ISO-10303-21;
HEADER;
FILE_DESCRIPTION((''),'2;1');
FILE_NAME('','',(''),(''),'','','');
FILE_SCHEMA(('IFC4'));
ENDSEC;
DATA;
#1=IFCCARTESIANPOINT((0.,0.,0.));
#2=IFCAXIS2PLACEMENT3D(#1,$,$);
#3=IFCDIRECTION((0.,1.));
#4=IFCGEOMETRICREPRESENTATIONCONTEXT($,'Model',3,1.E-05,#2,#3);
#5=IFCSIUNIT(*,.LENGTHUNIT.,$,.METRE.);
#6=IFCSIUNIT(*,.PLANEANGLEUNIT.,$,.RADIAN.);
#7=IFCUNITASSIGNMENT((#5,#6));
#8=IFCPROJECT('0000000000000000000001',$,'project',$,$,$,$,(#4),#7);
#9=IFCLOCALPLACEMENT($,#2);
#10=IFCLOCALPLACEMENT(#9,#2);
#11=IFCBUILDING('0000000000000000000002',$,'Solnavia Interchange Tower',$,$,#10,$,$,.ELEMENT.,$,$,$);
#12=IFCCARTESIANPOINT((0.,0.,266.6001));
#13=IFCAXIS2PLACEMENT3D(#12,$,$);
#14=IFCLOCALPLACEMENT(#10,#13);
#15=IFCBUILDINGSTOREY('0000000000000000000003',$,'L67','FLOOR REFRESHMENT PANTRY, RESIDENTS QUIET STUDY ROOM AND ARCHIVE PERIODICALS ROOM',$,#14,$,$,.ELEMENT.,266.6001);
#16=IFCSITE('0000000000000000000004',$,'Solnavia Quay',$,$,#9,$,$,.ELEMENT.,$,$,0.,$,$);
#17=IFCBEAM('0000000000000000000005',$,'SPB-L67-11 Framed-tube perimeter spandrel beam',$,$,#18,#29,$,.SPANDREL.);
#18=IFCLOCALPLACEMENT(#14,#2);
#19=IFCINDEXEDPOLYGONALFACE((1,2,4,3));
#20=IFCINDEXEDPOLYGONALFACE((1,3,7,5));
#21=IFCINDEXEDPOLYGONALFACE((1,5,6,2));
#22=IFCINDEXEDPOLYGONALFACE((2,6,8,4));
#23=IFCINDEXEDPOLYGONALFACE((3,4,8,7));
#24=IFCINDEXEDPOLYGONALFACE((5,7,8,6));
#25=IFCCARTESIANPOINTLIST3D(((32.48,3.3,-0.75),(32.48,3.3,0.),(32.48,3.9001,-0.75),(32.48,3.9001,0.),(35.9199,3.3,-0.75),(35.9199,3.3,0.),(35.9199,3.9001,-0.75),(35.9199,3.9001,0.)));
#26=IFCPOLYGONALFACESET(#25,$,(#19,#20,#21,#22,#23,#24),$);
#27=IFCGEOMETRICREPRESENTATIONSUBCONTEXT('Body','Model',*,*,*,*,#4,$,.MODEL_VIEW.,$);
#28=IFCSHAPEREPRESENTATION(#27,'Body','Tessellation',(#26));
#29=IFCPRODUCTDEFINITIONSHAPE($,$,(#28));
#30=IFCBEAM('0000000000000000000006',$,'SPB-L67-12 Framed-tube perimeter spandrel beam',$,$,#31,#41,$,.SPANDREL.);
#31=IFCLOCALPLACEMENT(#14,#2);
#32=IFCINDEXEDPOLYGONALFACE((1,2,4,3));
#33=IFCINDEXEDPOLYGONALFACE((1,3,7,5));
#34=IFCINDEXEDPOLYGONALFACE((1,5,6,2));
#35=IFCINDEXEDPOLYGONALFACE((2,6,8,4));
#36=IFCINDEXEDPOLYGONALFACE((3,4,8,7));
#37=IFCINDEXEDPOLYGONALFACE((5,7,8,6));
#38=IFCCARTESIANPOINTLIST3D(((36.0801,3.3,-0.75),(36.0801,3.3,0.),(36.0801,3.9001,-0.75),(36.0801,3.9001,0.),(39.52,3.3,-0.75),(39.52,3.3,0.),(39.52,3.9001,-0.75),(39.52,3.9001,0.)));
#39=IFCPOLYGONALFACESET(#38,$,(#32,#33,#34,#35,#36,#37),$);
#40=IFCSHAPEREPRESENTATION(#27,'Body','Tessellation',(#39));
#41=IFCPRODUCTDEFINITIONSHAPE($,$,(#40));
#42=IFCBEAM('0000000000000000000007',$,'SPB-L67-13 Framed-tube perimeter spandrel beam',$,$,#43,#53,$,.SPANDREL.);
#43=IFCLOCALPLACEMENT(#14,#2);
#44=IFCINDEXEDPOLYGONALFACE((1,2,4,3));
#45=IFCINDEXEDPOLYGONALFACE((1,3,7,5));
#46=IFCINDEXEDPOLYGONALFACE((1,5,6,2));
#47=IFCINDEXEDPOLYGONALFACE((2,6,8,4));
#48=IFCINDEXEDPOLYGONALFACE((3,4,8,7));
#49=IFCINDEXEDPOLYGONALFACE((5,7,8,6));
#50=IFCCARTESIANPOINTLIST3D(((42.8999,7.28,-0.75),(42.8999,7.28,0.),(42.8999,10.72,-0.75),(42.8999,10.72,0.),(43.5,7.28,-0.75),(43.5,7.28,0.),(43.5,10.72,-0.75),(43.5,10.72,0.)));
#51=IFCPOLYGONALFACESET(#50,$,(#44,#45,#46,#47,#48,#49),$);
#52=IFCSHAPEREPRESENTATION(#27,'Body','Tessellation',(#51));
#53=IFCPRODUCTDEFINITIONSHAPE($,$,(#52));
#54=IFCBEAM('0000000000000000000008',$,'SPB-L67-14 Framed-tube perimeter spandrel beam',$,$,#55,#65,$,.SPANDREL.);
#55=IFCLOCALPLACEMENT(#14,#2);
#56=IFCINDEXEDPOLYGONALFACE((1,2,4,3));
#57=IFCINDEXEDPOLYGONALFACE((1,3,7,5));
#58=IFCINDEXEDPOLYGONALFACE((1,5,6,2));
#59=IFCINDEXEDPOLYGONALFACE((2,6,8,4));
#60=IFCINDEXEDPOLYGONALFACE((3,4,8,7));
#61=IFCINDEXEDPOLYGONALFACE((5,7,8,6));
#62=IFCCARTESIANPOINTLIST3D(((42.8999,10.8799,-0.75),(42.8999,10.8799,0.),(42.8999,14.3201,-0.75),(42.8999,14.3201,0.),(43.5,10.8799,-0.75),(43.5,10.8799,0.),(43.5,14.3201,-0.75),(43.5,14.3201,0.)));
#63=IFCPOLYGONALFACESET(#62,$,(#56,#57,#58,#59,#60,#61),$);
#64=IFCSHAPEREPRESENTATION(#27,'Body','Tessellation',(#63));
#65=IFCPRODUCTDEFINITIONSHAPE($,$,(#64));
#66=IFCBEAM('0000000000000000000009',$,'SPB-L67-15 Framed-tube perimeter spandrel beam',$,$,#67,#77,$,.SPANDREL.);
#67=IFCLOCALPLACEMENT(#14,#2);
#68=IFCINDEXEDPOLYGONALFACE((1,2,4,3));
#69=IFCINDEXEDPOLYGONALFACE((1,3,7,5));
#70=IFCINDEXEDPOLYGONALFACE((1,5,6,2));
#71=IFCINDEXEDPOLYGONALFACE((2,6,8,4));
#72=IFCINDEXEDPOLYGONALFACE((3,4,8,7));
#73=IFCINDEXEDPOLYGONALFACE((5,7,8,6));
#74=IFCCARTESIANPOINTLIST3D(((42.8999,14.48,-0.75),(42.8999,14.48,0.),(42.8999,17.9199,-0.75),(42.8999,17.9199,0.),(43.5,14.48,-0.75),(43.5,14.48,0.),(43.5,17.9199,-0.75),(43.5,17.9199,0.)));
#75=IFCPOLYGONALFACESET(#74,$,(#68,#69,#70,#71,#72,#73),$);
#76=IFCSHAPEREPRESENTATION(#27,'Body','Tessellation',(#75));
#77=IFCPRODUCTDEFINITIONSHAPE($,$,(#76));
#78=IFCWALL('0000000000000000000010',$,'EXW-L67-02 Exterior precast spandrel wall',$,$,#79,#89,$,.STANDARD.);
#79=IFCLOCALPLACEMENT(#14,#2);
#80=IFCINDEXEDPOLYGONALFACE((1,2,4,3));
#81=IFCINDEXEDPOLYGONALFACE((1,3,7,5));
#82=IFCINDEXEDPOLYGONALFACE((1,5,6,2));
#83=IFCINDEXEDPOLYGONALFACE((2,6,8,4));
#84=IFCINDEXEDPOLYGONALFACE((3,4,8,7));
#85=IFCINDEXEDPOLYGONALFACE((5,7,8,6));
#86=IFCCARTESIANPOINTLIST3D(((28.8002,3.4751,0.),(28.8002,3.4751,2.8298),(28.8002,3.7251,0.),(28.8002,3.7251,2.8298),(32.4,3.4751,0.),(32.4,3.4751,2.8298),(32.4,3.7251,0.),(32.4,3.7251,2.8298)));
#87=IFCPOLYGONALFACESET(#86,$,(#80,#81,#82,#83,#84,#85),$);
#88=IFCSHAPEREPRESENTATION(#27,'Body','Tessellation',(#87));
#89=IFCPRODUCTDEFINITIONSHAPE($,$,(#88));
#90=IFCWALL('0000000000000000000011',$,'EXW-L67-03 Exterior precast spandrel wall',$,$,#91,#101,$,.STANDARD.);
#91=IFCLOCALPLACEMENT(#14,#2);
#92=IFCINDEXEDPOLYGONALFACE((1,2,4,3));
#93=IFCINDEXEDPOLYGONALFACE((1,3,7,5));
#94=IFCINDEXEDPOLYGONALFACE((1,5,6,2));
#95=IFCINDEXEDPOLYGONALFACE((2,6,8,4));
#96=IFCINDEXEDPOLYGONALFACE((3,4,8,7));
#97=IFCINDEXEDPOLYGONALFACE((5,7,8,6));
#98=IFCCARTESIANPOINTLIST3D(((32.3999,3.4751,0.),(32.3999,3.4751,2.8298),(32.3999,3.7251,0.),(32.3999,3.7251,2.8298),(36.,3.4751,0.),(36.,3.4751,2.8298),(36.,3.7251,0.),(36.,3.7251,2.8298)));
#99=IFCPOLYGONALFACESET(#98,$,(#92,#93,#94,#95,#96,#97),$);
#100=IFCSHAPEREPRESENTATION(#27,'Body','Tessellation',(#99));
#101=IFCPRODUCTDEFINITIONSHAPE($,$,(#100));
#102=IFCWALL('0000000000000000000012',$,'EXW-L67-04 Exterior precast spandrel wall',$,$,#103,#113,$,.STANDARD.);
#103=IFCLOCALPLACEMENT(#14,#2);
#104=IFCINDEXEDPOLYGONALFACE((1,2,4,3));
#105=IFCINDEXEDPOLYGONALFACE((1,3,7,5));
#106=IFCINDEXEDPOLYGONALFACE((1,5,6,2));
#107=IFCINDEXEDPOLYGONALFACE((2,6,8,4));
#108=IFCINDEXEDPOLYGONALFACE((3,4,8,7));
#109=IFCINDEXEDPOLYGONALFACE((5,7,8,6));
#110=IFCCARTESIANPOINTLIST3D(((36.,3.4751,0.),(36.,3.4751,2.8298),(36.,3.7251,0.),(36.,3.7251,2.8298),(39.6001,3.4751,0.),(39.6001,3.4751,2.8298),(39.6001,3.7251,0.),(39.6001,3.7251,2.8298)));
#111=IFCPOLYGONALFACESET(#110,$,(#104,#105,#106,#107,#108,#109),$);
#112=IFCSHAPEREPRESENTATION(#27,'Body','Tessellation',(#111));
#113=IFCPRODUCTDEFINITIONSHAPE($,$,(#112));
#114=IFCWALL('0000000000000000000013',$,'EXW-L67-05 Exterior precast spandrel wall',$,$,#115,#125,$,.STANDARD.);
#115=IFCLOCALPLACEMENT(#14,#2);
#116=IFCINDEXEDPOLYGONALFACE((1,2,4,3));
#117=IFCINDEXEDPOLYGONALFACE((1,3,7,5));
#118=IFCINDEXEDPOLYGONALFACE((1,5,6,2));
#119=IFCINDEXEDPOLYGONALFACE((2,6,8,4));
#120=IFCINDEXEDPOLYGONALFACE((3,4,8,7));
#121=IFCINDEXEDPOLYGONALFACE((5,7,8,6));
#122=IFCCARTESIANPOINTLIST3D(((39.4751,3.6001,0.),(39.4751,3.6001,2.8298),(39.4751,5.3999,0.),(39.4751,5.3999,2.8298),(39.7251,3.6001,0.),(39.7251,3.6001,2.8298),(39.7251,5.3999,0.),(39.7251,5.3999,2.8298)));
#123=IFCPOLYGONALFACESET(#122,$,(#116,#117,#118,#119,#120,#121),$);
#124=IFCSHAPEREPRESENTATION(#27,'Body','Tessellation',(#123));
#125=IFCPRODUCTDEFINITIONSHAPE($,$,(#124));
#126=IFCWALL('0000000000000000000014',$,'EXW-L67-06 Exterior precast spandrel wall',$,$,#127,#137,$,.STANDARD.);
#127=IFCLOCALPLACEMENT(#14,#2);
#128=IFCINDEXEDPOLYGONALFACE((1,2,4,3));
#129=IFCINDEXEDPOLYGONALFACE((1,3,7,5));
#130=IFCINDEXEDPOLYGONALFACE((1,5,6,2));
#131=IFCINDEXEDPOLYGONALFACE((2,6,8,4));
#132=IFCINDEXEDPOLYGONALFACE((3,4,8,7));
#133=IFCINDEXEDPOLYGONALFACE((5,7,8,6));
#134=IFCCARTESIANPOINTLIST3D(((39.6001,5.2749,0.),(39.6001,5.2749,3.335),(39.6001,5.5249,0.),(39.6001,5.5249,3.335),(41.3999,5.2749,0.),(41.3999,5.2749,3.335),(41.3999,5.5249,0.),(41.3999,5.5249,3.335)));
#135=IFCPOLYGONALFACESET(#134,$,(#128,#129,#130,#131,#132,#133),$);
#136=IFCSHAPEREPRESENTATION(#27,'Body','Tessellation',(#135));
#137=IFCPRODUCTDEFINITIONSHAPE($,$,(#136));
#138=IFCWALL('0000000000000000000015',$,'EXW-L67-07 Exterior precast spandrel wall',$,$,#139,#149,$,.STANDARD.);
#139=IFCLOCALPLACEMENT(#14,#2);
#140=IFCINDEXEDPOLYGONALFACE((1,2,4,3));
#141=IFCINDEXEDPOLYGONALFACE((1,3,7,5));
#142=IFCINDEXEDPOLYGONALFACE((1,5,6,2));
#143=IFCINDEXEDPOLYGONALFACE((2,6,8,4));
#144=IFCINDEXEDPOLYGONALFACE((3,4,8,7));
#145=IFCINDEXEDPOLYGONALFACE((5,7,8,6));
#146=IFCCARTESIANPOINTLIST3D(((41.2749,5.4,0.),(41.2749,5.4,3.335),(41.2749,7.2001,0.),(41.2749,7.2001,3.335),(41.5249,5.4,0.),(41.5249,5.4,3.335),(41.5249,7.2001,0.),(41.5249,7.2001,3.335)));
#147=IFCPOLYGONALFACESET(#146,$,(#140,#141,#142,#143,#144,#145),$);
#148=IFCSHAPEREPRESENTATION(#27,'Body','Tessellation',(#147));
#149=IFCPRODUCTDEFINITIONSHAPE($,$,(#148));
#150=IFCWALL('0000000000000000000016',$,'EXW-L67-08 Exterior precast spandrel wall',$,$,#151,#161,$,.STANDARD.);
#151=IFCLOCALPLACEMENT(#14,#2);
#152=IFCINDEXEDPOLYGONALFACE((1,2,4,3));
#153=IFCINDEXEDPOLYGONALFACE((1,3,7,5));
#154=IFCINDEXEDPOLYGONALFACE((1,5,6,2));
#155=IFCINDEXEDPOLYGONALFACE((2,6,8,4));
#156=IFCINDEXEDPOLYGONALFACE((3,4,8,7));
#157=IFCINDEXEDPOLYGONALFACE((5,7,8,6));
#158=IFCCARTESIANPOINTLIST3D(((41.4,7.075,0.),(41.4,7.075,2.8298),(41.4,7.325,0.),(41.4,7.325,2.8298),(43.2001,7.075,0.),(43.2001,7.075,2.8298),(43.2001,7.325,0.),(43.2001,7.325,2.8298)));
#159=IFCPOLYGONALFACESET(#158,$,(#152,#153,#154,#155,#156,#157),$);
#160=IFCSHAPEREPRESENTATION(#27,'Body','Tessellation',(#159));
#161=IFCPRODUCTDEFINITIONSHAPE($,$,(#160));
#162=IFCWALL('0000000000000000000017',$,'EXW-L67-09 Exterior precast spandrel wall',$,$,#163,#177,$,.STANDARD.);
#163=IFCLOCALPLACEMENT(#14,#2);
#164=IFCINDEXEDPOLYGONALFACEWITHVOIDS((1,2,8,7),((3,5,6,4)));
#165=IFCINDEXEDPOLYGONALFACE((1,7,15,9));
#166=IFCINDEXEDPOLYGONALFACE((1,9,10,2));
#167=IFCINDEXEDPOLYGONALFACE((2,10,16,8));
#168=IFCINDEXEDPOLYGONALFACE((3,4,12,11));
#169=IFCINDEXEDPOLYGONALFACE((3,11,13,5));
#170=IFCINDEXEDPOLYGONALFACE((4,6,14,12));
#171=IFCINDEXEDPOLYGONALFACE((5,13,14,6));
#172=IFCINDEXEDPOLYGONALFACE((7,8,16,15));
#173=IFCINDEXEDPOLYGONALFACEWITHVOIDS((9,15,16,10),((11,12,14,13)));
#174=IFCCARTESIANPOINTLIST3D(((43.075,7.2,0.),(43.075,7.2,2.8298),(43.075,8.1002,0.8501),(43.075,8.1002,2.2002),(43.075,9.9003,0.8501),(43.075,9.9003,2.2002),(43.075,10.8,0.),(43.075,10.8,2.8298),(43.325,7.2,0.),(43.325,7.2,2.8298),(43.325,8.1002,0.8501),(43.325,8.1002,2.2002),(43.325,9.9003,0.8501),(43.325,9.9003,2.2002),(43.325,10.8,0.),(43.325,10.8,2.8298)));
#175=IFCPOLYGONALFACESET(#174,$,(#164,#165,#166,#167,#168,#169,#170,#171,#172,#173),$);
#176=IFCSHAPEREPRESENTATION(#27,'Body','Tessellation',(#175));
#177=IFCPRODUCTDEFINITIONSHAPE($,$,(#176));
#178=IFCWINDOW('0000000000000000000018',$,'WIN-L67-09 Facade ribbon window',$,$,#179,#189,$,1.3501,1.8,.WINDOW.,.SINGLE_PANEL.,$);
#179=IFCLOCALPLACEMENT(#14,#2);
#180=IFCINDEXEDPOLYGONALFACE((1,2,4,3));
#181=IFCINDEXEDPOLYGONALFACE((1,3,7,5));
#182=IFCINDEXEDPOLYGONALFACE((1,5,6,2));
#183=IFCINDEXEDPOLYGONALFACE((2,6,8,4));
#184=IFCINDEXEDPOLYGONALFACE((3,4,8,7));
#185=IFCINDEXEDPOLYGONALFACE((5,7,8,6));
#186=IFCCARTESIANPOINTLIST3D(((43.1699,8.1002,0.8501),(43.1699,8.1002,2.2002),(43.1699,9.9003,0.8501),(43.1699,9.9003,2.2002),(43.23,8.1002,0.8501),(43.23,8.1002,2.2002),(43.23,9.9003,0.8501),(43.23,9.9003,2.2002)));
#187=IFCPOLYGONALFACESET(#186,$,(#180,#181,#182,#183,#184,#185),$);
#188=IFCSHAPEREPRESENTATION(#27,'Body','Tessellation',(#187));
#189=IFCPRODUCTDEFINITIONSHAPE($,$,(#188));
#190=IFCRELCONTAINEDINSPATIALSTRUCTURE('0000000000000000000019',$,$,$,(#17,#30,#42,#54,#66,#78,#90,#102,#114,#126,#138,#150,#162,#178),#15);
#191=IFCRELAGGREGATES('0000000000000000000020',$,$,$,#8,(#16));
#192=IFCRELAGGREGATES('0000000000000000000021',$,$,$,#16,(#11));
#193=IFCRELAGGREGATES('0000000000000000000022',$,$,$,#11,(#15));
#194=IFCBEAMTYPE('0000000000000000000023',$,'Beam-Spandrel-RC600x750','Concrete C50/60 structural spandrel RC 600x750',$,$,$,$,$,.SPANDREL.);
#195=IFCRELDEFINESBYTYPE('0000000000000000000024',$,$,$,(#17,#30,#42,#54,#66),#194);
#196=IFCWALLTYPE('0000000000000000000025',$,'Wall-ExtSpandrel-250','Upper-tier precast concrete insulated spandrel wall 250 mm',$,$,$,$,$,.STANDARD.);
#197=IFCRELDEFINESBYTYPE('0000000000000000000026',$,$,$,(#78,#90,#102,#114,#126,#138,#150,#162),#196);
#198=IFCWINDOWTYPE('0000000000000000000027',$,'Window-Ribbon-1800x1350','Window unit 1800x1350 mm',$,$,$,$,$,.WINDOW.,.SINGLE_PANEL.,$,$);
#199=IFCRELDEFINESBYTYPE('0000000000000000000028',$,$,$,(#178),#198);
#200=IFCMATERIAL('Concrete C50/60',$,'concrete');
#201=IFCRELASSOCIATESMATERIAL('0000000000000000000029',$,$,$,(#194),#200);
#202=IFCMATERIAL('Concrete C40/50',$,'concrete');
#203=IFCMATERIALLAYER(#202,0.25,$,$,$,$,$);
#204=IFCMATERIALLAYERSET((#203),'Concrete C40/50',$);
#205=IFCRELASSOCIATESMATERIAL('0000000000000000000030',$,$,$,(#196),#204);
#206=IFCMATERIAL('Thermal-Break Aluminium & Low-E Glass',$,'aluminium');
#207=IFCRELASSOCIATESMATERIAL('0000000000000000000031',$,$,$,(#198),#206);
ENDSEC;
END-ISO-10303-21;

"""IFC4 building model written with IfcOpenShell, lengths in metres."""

from ifc_helpers import new_model, si_unit, direction, frame, frame_2d, origin, origin_2d, place, context, subcontext, project, spatial, rectangle, extrude, material, layer, layer_set, material_profile, profile_set, type_object, element, fill, save


model = new_model("IFC4")

# Units and contexts
model_context = context("Model", 3, precision=1e-05, world=origin(), true_north=direction((0.0, 1.0)))
body_context = subcontext(model_context, "Body", "Model", "MODEL_VIEW")
ifc_project = project(units=[si_unit("LENGTHUNIT", "METRE"), si_unit("PLANEANGLEUNIT", "RADIAN")], contexts=[model_context])

# Site, building, storey
site_placement = place(None, origin())
site = spatial("IfcSite", under=ifc_project, at=site_placement, Name="Solnavia Quay", CompositionType="ELEMENT", RefElevation=0.0)
building_placement = place(site_placement, origin())
building = spatial("IfcBuilding", under=site, at=building_placement, Name="Solnavia Interchange Tower", CompositionType="ELEMENT")
storey_placement = place(building_placement, frame((0.0, 0.0, 266.6001)))
storey = spatial("IfcBuildingStorey", under=building, at=storey_placement, Name="L67", Description="FLOOR REFRESHMENT PANTRY, RESIDENTS QUIET STUDY ROOM AND ARCHIVE PERIODICALS ROOM", CompositionType="ELEMENT", Elevation=266.6001)

# Shared definitions
ifc_material_1 = material(Name="Concrete C50/60", Category="concrete")

# Beams
ifc_material_profile_1 = material_profile(ifc_material_1, rectangle(XDim=0.6001, YDim=0.75, at=origin_2d()), Name="RC 600x750")
ifc_profile_set_1 = profile_set([ifc_material_profile_1], Name="Concrete C50/60")
beam_type_1 = type_object("IfcBeamType", Name="Beam-Spandrel-RC600x750", Description="Concrete C50/60 structural spandrel RC 600x750", PredefinedType="SPANDREL", material=ifc_profile_set_1)
for number, where, z_axis, x_axis, name in (
    (1, (32.48, 3.6001, -0.375), (1.0, 0.0, 0.0), (0.0, 1.0, 0.0), "SPB-L67-11 Framed-tube perimeter spandrel beam"),
    (2, (36.0801, 3.6001, -0.375), (1.0, 0.0, 0.0), (0.0, 1.0, 0.0), "SPB-L67-12 Framed-tube perimeter spandrel beam"),
    (3, (43.2, 7.28, -0.375), (0.0, 1.0, 0.0), (-1.0, 0.0, 0.0), "SPB-L67-13 Framed-tube perimeter spandrel beam"),
):
    element("IfcBeam", number, at=place(storey_placement, frame(where, z_axis=z_axis, x_axis=x_axis)), inside=storey, type_object=beam_type_1, Name=name, PredefinedType="SPANDREL", context=body_context, shape_type="SweptSolid", body=[
        extrude(rectangle(XDim=0.6001, YDim=0.75, at=origin_2d()), origin(), (0.0, 0.0, 1.0), 3.4399),
    ])
beam_1_placement = place(storey_placement, frame((43.2, 10.8799, -0.375), z_axis=(0.0, 1.0, 0.0), x_axis=(-1.0, 0.0, 0.0)))
element("IfcBeam", 4, at=beam_1_placement, inside=storey, type_object=beam_type_1, Name="SPB-L67-14 Framed-tube perimeter spandrel beam", PredefinedType="SPANDREL", context=body_context, shape_type="SweptSolid", body=[
    extrude(rectangle(XDim=0.6001, YDim=0.75, at=origin_2d()), origin(), (0.0, 0.0, 1.0), 3.4402),
])
beam_2_placement = place(storey_placement, frame((43.2, 14.48, -0.375), z_axis=(0.0, 1.0, 0.0), x_axis=(-1.0, 0.0, 0.0)))
element("IfcBeam", 5, at=beam_2_placement, inside=storey, type_object=beam_type_1, Name="SPB-L67-15 Framed-tube perimeter spandrel beam", PredefinedType="SPANDREL", context=body_context, shape_type="SweptSolid", body=[
    extrude(rectangle(XDim=0.6001, YDim=0.75, at=origin_2d()), origin(), (0.0, 0.0, 1.0), 3.4399),
])

# Walls
ifc_material_2 = material(Name="Concrete C40/50", Category="concrete")
ifc_layer_1 = layer(ifc_material_2, 0.25)
ifc_layer_set_1 = layer_set([ifc_layer_1], Name="Concrete C40/50")
wall_type_1 = type_object("IfcWallType", Name="Wall-ExtSpandrel-250", Description="Upper-tier precast concrete insulated spandrel wall 250 mm", PredefinedType="STANDARD", material=ifc_layer_set_1)
wall_1_placement = place(storey_placement, frame((32.3999, 3.6001, 0.0), z_axis=(0.0, 0.0, 1.0), x_axis=(-1.0, 0.0, 0.0)))
element("IfcWall", 6, at=wall_1_placement, inside=storey, type_object=wall_type_1, Name="EXW-L67-02 Exterior precast spandrel wall", PredefinedType="STANDARD", context=body_context, shape_type="SweptSolid", body=[
    extrude(rectangle(XDim=3.5999, YDim=0.25, at=frame_2d((1.7998, 0.0))), origin(), (0.0, 0.0, 1.0), 2.8298),
])
for number, where, z_axis, x_axis, name in (
    (7, (36.0, 3.6001, 0.0), (0.0, 0.0, 1.0), (-1.0, 0.0, 0.0), "EXW-L67-03 Exterior precast spandrel wall"),
    (8, (39.6001, 3.6001, 0.0), (0.0, 0.0, 1.0), (-1.0, 0.0, 0.0), "EXW-L67-04 Exterior precast spandrel wall"),
):
    element("IfcWall", number, at=place(storey_placement, frame(where, z_axis=z_axis, x_axis=x_axis)), inside=storey, type_object=wall_type_1, Name=name, PredefinedType="STANDARD", context=body_context, shape_type="SweptSolid", body=[
        extrude(rectangle(XDim=3.6001, YDim=0.25, at=frame_2d((1.8, 0.0))), origin(), (0.0, 0.0, 1.0), 2.8298),
    ])
wall_2_placement = place(storey_placement, frame((39.6001, 5.3999, 0.0), z_axis=(0.0, 0.0, 1.0), x_axis=(0.0, -1.0, 0.0)))
element("IfcWall", 9, at=wall_2_placement, inside=storey, type_object=wall_type_1, Name="EXW-L67-05 Exterior precast spandrel wall", PredefinedType="STANDARD", context=body_context, shape_type="SweptSolid", body=[
    extrude(rectangle(XDim=1.7998, YDim=0.25, at=frame_2d((0.8999, 0.0))), origin(), (0.0, 0.0, 1.0), 2.8298),
])
wall_3_placement = place(storey_placement, frame((41.3999, 5.3999, 0.0), z_axis=(0.0, 0.0, 1.0), x_axis=(-1.0, 0.0, 0.0)))
element("IfcWall", 10, at=wall_3_placement, inside=storey, type_object=wall_type_1, Name="EXW-L67-06 Exterior precast spandrel wall", PredefinedType="STANDARD", context=body_context, shape_type="SweptSolid", body=[
    extrude(rectangle(XDim=1.7998, YDim=0.25, at=frame_2d((0.8999, 0.0))), origin(), (0.0, 0.0, 1.0), 3.335),
])
wall_4_placement = place(storey_placement, frame((41.3999, 7.2, 0.0), z_axis=(0.0, 0.0, 1.0), x_axis=(0.0, -1.0, 0.0)))
element("IfcWall", 11, at=wall_4_placement, inside=storey, type_object=wall_type_1, Name="EXW-L67-07 Exterior precast spandrel wall", PredefinedType="STANDARD", context=body_context, shape_type="SweptSolid", body=[
    extrude(rectangle(XDim=1.8, YDim=0.25, at=frame_2d((0.8999, 0.0))), origin(), (0.0, 0.0, 1.0), 3.335),
])
wall_5_placement = place(storey_placement, frame((43.2, 7.2, 0.0), z_axis=(0.0, 0.0, 1.0), x_axis=(-1.0, 0.0, 0.0)))
element("IfcWall", 12, at=wall_5_placement, inside=storey, type_object=wall_type_1, Name="EXW-L67-08 Exterior precast spandrel wall", PredefinedType="STANDARD", context=body_context, shape_type="SweptSolid", body=[
    extrude(rectangle(XDim=1.8, YDim=0.25, at=frame_2d((0.8999, 0.0))), origin(), (0.0, 0.0, 1.0), 2.8298),
])

# Wall, opening, window
wall_6_placement = place(storey_placement, frame((43.2, 10.8, 0.0), z_axis=(0.0, 0.0, 1.0), x_axis=(0.0, -1.0, 0.0)))
wall_6 = element("IfcWall", 13, at=wall_6_placement, inside=storey, type_object=wall_type_1, Name="EXW-L67-09 Exterior precast spandrel wall", PredefinedType="STANDARD", context=body_context, shape_type="SweptSolid", body=[
    extrude(rectangle(XDim=3.6001, YDim=0.25, at=frame_2d((1.8, 0.0))), origin(), (0.0, 0.0, 1.0), 2.8298),
])
opening_1_placement = place(wall_6_placement, frame((0.8999, 0.0, 0.8501)))
opening_1 = element("IfcOpeningElement", 14, at=opening_1_placement, cuts=wall_6, PredefinedType="OPENING", context=body_context, shape_type="SweptSolid", body=[
    extrude(rectangle(XDim=1.8, YDim=1.3501, at=frame_2d((0.8999, 0.675))), frame((0.0, 0.135, 0.0), z_axis=(0.0, -1.0, 0.0), x_axis=(1.0, 0.0, 0.0)), (0.0, 0.0, 1.0), 0.27),
])
ifc_material_3 = material(Name="Thermal-Break Aluminium & Low-E Glass", Category="aluminium")
window_type = type_object("IfcWindowType", Name="Window-Ribbon-1800x1350", Description="Window unit 1800x1350 mm", PartitioningType="SINGLE_PANEL", PredefinedType="WINDOW", material=ifc_material_3)
window_1_placement = place(opening_1_placement, origin())
window_1 = element("IfcWindow", 15, at=window_1_placement, inside=storey, type_object=window_type, Name="WIN-L67-09 Facade ribbon window", OverallHeight=1.3501, OverallWidth=1.8, PartitioningType="SINGLE_PANEL", PredefinedType="WINDOW", context=body_context, shape_type="SweptSolid", body=[
    extrude(rectangle(XDim=1.8, YDim=1.3501, at=frame_2d((0.8999, 0.675))), frame((0.0, 0.03, 0.0), z_axis=(0.0, -1.0, 0.0), x_axis=(1.0, 0.0, 0.0)), (0.0, 0.0, 1.0), 0.0601),
])
fill(opening_1, window_1)

save(model, "model.ifc")
